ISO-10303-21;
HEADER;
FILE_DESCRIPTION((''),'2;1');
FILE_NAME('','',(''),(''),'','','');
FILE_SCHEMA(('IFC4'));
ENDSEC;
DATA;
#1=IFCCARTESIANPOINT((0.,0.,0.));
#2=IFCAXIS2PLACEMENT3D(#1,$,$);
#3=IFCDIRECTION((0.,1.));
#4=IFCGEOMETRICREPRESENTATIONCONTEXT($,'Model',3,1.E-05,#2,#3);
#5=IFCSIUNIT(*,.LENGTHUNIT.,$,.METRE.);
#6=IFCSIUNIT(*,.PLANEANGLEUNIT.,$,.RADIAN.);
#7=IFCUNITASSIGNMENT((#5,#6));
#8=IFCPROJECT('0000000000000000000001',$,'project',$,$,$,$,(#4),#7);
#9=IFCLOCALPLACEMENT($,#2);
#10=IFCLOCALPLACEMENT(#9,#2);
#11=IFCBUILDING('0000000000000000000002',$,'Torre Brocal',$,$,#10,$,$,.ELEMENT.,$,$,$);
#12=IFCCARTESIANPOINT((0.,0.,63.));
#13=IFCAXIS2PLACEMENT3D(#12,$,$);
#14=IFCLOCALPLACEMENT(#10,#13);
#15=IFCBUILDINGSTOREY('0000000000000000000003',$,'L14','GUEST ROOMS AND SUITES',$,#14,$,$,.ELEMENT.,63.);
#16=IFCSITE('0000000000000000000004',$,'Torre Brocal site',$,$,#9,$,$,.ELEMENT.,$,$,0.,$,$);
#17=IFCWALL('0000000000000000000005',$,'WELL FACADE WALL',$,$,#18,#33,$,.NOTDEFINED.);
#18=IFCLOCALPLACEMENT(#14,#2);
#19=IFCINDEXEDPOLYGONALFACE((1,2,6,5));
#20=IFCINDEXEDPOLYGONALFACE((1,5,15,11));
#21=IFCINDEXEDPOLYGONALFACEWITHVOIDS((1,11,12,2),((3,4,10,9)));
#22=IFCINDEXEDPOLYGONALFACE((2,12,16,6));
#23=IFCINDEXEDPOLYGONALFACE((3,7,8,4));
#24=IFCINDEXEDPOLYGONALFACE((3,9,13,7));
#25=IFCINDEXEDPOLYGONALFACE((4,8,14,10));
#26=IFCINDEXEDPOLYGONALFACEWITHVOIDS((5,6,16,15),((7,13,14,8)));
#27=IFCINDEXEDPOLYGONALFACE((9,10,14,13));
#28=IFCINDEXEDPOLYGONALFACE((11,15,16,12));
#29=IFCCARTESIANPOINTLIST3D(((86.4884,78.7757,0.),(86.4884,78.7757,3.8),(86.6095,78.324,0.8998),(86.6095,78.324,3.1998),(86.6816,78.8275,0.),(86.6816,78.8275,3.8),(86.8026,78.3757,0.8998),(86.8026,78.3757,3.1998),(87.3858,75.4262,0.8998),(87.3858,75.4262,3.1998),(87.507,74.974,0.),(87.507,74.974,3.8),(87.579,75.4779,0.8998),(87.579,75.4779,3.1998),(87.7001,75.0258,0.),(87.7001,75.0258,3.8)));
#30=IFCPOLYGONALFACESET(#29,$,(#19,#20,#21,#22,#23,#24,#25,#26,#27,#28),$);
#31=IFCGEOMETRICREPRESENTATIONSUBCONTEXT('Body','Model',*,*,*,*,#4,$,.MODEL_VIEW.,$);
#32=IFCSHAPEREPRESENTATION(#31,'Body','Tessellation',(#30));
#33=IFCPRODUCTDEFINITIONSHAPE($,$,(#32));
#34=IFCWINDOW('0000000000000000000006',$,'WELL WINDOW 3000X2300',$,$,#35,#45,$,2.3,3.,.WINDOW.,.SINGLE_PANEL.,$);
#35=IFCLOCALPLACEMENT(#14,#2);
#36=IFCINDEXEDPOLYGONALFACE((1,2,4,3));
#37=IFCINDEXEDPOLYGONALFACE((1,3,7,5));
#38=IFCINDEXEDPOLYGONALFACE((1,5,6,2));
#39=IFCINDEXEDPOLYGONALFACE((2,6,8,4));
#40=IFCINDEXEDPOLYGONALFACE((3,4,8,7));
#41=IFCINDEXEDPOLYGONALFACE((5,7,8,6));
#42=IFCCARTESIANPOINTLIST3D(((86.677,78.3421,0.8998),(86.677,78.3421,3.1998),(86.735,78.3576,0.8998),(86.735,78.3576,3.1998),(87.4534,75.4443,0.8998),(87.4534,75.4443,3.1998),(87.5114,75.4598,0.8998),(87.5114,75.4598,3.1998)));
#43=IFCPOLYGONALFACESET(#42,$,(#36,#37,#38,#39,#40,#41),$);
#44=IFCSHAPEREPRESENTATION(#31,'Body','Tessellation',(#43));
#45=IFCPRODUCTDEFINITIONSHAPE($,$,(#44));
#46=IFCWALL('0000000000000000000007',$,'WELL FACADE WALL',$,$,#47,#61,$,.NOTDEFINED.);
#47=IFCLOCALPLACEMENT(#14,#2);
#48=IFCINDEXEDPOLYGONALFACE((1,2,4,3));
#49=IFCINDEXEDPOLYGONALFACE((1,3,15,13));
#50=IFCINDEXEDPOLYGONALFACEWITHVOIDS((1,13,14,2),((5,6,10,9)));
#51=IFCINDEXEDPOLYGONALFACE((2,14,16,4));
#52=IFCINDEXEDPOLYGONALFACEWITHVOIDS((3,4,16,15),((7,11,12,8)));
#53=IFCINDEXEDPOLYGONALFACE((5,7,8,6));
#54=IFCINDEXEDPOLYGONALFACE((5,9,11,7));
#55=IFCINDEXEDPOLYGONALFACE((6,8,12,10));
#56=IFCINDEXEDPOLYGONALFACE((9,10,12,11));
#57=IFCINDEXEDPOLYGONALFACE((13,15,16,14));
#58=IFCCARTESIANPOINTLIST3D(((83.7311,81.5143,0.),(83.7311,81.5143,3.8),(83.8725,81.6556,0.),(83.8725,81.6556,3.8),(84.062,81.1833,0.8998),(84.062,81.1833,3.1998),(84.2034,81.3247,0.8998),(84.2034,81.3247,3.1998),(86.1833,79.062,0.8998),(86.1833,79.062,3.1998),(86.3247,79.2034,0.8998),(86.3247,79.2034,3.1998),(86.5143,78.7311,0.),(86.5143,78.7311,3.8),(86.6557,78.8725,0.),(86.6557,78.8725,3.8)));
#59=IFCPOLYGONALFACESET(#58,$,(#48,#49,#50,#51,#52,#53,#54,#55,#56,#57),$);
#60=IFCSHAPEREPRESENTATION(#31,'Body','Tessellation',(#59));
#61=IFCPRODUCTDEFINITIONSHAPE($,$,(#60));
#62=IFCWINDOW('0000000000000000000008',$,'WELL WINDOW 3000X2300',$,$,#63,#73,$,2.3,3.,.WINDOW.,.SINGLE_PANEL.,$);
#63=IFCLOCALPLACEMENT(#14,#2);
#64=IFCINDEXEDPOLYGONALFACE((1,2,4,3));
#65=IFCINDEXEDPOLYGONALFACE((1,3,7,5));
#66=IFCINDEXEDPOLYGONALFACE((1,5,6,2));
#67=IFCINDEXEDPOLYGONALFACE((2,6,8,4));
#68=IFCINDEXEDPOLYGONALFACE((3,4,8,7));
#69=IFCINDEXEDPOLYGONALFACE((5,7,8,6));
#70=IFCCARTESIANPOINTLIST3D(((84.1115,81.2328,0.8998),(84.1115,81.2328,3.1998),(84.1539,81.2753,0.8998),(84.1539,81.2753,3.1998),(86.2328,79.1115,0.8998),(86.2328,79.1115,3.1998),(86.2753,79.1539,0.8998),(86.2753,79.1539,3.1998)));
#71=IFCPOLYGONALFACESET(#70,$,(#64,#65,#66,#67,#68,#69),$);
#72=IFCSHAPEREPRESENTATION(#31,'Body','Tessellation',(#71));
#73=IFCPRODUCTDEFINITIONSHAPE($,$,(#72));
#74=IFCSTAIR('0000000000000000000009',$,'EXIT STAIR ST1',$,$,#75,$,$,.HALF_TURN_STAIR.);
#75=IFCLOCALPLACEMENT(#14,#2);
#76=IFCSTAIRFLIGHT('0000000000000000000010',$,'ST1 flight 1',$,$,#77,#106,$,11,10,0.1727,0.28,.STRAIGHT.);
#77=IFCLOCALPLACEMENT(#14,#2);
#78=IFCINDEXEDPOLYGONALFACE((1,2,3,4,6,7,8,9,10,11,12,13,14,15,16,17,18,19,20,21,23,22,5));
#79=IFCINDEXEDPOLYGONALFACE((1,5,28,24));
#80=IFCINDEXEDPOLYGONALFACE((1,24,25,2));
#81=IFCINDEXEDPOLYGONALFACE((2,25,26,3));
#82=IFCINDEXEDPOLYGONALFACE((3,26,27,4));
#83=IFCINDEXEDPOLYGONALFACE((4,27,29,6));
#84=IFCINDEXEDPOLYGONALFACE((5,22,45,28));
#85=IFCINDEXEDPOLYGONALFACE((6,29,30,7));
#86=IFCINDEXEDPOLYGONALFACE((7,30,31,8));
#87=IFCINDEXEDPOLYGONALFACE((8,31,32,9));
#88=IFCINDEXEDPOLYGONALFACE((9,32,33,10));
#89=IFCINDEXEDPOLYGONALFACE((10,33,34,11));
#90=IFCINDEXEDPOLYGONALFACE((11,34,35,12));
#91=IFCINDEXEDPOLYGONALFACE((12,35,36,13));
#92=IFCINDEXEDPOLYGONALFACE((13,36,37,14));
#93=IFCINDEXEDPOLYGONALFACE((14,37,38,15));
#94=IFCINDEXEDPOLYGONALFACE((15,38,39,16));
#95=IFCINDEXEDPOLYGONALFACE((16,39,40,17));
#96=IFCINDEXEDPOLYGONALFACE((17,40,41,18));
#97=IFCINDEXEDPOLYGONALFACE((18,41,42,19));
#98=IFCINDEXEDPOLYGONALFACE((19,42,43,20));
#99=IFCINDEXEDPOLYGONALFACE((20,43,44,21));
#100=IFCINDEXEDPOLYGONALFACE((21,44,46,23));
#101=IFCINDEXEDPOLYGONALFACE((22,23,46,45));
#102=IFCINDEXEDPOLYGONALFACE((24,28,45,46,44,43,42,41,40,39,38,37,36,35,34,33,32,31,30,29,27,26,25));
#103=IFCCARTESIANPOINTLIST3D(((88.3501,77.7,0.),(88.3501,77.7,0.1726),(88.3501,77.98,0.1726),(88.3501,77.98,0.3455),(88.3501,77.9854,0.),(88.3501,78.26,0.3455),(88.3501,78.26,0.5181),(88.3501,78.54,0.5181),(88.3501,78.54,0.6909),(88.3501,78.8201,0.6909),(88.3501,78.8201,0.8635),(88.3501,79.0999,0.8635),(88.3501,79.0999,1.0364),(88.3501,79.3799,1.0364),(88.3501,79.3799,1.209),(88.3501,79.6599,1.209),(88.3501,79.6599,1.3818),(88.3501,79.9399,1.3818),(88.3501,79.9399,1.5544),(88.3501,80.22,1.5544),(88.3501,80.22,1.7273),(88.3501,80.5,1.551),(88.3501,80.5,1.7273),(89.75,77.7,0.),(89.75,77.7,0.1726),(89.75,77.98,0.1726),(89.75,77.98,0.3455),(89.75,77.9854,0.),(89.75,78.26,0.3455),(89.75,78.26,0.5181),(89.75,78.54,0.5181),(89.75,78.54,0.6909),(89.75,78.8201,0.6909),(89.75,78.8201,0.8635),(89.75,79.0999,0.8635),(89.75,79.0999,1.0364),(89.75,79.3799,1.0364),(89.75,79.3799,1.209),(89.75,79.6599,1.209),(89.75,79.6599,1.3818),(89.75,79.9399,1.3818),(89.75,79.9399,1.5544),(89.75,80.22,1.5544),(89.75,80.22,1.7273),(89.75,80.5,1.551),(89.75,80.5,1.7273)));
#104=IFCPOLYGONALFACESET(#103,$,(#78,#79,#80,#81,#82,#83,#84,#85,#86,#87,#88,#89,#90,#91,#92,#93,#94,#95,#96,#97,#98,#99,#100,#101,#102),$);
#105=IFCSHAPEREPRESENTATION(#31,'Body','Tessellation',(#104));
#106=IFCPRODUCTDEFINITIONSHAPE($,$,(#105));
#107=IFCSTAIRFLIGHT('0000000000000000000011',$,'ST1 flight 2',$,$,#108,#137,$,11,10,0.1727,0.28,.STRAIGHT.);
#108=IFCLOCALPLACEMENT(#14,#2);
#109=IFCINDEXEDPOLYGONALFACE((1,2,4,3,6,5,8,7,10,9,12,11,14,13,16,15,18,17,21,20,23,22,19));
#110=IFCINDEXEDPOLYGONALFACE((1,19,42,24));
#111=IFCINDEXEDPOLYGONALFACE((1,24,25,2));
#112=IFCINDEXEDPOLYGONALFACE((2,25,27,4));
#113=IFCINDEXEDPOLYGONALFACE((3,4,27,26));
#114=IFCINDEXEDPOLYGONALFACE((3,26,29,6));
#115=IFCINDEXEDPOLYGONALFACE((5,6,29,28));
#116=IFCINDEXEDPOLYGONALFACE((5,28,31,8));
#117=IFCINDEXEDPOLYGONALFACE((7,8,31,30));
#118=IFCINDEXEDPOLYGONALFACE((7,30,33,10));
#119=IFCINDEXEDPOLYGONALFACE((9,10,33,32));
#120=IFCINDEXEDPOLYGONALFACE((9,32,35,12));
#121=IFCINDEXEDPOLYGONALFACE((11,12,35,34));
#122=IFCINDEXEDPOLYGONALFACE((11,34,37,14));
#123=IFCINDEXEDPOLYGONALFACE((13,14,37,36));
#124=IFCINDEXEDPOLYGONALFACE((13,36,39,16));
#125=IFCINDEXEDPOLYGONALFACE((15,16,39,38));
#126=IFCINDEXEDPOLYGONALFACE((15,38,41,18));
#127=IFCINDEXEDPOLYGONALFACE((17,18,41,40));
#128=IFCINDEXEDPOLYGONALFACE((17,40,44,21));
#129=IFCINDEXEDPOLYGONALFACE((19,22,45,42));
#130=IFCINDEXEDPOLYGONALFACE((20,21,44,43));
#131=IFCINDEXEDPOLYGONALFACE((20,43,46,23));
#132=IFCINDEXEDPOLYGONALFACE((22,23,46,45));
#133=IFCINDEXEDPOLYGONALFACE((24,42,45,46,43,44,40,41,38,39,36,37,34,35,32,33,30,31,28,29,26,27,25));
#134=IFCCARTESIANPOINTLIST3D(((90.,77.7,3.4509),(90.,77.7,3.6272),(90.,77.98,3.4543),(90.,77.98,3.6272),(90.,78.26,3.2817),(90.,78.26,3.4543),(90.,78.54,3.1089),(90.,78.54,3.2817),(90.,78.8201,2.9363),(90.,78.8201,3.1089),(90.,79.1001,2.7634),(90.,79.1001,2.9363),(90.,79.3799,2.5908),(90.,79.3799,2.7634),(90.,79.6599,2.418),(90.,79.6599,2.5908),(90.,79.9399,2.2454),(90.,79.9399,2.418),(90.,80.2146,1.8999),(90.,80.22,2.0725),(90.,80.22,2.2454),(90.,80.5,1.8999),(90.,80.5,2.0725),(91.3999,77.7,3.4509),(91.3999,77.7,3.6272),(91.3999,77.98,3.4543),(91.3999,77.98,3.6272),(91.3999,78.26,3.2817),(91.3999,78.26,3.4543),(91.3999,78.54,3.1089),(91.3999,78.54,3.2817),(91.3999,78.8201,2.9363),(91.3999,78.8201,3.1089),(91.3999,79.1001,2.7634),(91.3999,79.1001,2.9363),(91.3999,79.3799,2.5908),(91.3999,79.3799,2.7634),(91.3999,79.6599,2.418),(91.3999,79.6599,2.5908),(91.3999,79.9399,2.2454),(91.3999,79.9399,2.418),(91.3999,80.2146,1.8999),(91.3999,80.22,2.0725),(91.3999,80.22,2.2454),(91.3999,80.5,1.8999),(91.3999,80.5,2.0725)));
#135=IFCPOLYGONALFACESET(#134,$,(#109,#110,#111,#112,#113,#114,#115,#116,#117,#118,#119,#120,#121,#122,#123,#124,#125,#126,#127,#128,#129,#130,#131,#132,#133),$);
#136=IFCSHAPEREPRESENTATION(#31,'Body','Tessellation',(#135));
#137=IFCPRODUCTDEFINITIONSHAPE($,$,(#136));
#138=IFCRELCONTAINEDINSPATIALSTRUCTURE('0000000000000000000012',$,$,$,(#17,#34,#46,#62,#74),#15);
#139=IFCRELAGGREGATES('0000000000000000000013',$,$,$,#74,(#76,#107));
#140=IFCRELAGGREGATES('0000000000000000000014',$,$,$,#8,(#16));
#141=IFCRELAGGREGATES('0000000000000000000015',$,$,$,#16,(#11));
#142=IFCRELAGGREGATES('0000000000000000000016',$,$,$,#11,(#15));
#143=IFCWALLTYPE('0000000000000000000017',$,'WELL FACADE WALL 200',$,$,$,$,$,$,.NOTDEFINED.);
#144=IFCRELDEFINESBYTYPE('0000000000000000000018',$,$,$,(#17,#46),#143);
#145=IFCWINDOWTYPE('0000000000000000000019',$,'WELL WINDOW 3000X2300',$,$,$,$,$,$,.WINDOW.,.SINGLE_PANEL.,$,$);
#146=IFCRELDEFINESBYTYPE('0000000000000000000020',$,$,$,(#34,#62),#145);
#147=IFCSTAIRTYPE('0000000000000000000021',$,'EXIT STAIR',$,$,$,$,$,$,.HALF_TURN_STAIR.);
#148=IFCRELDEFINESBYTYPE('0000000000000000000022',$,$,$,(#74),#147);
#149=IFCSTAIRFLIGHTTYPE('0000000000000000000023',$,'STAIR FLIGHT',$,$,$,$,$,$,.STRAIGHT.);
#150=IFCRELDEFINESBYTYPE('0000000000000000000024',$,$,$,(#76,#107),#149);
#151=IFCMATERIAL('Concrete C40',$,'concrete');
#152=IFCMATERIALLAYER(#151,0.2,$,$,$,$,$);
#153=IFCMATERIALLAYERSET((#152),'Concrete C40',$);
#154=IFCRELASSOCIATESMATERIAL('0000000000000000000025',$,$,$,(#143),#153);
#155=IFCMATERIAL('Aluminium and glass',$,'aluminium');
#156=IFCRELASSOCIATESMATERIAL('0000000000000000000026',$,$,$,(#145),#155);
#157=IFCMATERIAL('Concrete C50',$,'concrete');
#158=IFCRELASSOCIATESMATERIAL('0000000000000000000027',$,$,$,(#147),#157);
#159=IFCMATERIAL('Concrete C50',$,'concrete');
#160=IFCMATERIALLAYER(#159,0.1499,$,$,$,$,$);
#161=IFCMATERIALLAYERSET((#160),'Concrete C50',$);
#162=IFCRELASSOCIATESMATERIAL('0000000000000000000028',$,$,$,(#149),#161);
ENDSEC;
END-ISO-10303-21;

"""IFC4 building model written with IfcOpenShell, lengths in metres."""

from ifc_helpers import new_model, si_unit, direction, frame, frame_2d, origin, place, context, subcontext, project, spatial, polyline, rectangle, outline, extrude, material, layer, layer_set, type_object, element, fill, aggregate, save


model = new_model("IFC4")

# Units and contexts
model_context = context("Model", 3, precision=1e-05, world=origin(), true_north=direction((0.0, 1.0)))
body_context = subcontext(model_context, "Body", "Model", "MODEL_VIEW")
ifc_project = project(units=[si_unit("LENGTHUNIT", "METRE"), si_unit("PLANEANGLEUNIT", "RADIAN")], contexts=[model_context])

# Site, building, storey
site_placement = place(None, origin())
site = spatial("IfcSite", under=ifc_project, at=site_placement, Name="Torre Brocal site", CompositionType="ELEMENT", RefElevation=0.0)
building_placement = place(site_placement, origin())
building = spatial("IfcBuilding", under=site, at=building_placement, Name="Torre Brocal", CompositionType="ELEMENT")
storey_placement = place(building_placement, frame((0.0, 0.0, 63.0)))
storey = spatial("IfcBuildingStorey", under=building, at=storey_placement, Name="L14", Description="GUEST ROOMS AND SUITES", CompositionType="ELEMENT", Elevation=63.0)

# Walls, openings, windows
ifc_material_1 = material(Name="Concrete C40", Category="concrete")
ifc_layer_1 = layer(ifc_material_1, 0.2)
ifc_layer_set_1 = layer_set([ifc_layer_1], Name="Concrete C40")
wall_type_1 = type_object("IfcWallType", Name="WELL FACADE WALL 200", PredefinedType="NOTDEFINED", material=ifc_layer_set_1)
wall_1_placement = place(storey_placement, frame((87.6035, 75.0, 0.0), z_axis=(0.0, 0.0, 1.0), x_axis=(-0.25879, 0.965934, 0.0)))
wall_1 = element("IfcWall", 1, at=wall_1_placement, inside=storey, type_object=wall_type_1, Name="WELL FACADE WALL", PredefinedType="NOTDEFINED", context=body_context, shape_type="SweptSolid", body=[
    extrude(rectangle(XDim=3.9358, YDim=0.2, at=frame_2d((1.9678, 0.0))), origin(), (0.0, 0.0, 1.0), 3.8),
])
opening_1_placement = place(wall_1_placement, frame((0.468, 0.0, 0.8999)))
opening_1 = element("IfcOpeningElement", 2, at=opening_1_placement, cuts=wall_1, PredefinedType="OPENING", context=body_context, shape_type="SweptSolid", body=[
    extrude(rectangle(XDim=3.0, YDim=2.3, at=frame_2d((1.5, 1.1499))), frame((0.0, 0.1099, 0.0), z_axis=(0.0, -1.0, 0.0), x_axis=(1.0, 0.0, 0.0)), (0.0, 0.0, 1.0), 0.22),
])
ifc_material_2 = material(Name="Aluminium and glass", Category="aluminium")
window_type = type_object("IfcWindowType", Name="WELL WINDOW 3000X2300", PartitioningType="SINGLE_PANEL", PredefinedType="WINDOW", material=ifc_material_2)
window_1_placement = place(opening_1_placement, origin())
window_1 = element("IfcWindow", 3, at=window_1_placement, inside=storey, type_object=window_type, Name="WELL WINDOW 3000X2300", OverallHeight=2.3, OverallWidth=3.0, PartitioningType="SINGLE_PANEL", PredefinedType="WINDOW", context=body_context, shape_type="SweptSolid", body=[
    extrude(rectangle(XDim=3.0, YDim=2.3, at=frame_2d((1.5, 1.1499))), frame((0.0, 0.03, 0.0), z_axis=(0.0, -1.0, 0.0), x_axis=(1.0, 0.0, 0.0)), (0.0, 0.0, 1.0), 0.0601),
])
fill(opening_1, window_1)
wall_2_placement = place(storey_placement, frame((86.585, 78.8018, 0.0), z_axis=(0.0, 0.0, 1.0), x_axis=(-0.707107, 0.707107, 0.0)))
wall_2 = element("IfcWall", 4, at=wall_2_placement, inside=storey, type_object=wall_type_1, Name="WELL FACADE WALL", PredefinedType="NOTDEFINED", context=body_context, shape_type="SweptSolid", body=[
    extrude(rectangle(XDim=3.936, YDim=0.2, at=frame_2d((1.968, 0.0))), origin(), (0.0, 0.0, 1.0), 3.8),
])
opening_2_placement = place(wall_2_placement, frame((0.468, 0.0, 0.8999)))
opening_2 = element("IfcOpeningElement", 5, at=opening_2_placement, cuts=wall_2, PredefinedType="OPENING", context=body_context, shape_type="SweptSolid", body=[
    extrude(rectangle(XDim=3.0, YDim=2.3, at=frame_2d((1.5, 1.1499))), frame((0.0, 0.1099, 0.0), z_axis=(0.0, -1.0, 0.0), x_axis=(1.0, 0.0, 0.0)), (0.0, 0.0, 1.0), 0.22),
])
window_2_placement = place(opening_2_placement, origin())
window_2 = element("IfcWindow", 6, at=window_2_placement, inside=storey, type_object=window_type, Name="WELL WINDOW 3000X2300", OverallHeight=2.3, OverallWidth=3.0, PartitioningType="SINGLE_PANEL", PredefinedType="WINDOW", context=body_context, shape_type="SweptSolid", body=[
    extrude(rectangle(XDim=3.0, YDim=2.3, at=frame_2d((1.5, 1.1499))), frame((0.0, 0.03, 0.0), z_axis=(0.0, -1.0, 0.0), x_axis=(1.0, 0.0, 0.0)), (0.0, 0.0, 1.0), 0.0601),
])
fill(opening_2, window_2)

# Stair, stair flights
ifc_material_3 = material(Name="Concrete C50", Category="concrete")
stair_type = type_object("IfcStairType", Name="EXIT STAIR", PredefinedType="HALF_TURN_STAIR", material=ifc_material_3)
stair_placement = place(storey_placement, origin())
stair = element("IfcStair", 7, at=stair_placement, inside=storey, type_object=stair_type, Name="EXIT STAIR ST1", PredefinedType="HALF_TURN_STAIR")
ifc_material_4 = material(Name="Concrete C50", Category="concrete")
ifc_layer_2 = layer(ifc_material_4, 0.1499)
ifc_layer_set_2 = layer_set([ifc_layer_2], Name="Concrete C50")
stair_flight_type = type_object("IfcStairFlightType", Name="STAIR FLIGHT", PredefinedType="STRAIGHT", material=ifc_layer_set_2)
stair_flight_1_placement = place(storey_placement, frame((89.05, 77.7, 0.0), z_axis=(0.0, 0.0, 1.0), x_axis=(0.0, 1.0, 0.0)))
stair_flight_1 = element("IfcStairFlight", 8, at=stair_flight_1_placement, type_object=stair_flight_type, Name="ST1 flight 1", NumberOfRisers=11, NumberOfTreads=10, PredefinedType="STRAIGHT", RiserHeight=0.1727, TreadLength=0.28, context=body_context, shape_type="SweptSolid", body=[
    extrude(outline(polyline([(0.0, 0.0), (0.0, 0.1726), (0.28, 0.1726), (0.28, 0.3455), (0.5601, 0.3455), (0.5601, 0.5181), (0.8401, 0.5181), (0.8401, 0.6909), (1.1201, 0.6909), (1.1201, 0.8635), (1.3999, 0.8635), (1.3999, 1.0364), (1.6799, 1.0364), (1.6799, 1.209), (1.96, 1.209), (1.96, 1.3818), (2.24, 1.3818), (2.24, 1.5544), (2.52, 1.5544), (2.52, 1.7273), (2.8, 1.7273), (2.8, 1.8999), (2.8, 1.551), (0.2854, 0.0), (0.0, 0.0)])), frame((0.0, 0.7, 0.0), z_axis=(0.0, -1.0, 0.0), x_axis=(1.0, 0.0, 0.0)), (0.0, 0.0, 1.0), 1.3999),
])
stair_flight_2_placement = place(storey_placement, frame((90.7, 80.5, 1.8999), z_axis=(0.0, 0.0, 1.0), x_axis=(0.0, -1.0, 0.0)))
stair_flight_2 = element("IfcStairFlight", 9, at=stair_flight_2_placement, type_object=stair_flight_type, Name="ST1 flight 2", NumberOfRisers=11, NumberOfTreads=10, PredefinedType="STRAIGHT", RiserHeight=0.1727, TreadLength=0.28, context=body_context, shape_type="SweptSolid", body=[
    extrude(outline(polyline([(0.0, 0.0), (0.0, 0.1726), (0.28, 0.1726), (0.28, 0.3455), (0.5601, 0.3455), (0.5601, 0.5181), (0.8401, 0.5181), (0.8401, 0.6909), (1.1201, 0.6909), (1.1201, 0.8635), (1.3999, 0.8635), (1.3999, 1.0364), (1.6799, 1.0364), (1.6799, 1.209), (1.96, 1.209), (1.96, 1.3818), (2.24, 1.3818), (2.24, 1.5544), (2.52, 1.5544), (2.52, 1.7273), (2.8, 1.7273), (2.8, 1.8999), (2.8, 1.551), (0.2854, 0.0), (0.0, 0.0)])), frame((0.0, 0.7, 0.0), z_axis=(0.0, -1.0, 0.0), x_axis=(1.0, 0.0, 0.0)), (0.0, 0.0, 1.0), 1.3999),
])
aggregate(stair, [stair_flight_1, stair_flight_2])

save(model, "model.ifc")
